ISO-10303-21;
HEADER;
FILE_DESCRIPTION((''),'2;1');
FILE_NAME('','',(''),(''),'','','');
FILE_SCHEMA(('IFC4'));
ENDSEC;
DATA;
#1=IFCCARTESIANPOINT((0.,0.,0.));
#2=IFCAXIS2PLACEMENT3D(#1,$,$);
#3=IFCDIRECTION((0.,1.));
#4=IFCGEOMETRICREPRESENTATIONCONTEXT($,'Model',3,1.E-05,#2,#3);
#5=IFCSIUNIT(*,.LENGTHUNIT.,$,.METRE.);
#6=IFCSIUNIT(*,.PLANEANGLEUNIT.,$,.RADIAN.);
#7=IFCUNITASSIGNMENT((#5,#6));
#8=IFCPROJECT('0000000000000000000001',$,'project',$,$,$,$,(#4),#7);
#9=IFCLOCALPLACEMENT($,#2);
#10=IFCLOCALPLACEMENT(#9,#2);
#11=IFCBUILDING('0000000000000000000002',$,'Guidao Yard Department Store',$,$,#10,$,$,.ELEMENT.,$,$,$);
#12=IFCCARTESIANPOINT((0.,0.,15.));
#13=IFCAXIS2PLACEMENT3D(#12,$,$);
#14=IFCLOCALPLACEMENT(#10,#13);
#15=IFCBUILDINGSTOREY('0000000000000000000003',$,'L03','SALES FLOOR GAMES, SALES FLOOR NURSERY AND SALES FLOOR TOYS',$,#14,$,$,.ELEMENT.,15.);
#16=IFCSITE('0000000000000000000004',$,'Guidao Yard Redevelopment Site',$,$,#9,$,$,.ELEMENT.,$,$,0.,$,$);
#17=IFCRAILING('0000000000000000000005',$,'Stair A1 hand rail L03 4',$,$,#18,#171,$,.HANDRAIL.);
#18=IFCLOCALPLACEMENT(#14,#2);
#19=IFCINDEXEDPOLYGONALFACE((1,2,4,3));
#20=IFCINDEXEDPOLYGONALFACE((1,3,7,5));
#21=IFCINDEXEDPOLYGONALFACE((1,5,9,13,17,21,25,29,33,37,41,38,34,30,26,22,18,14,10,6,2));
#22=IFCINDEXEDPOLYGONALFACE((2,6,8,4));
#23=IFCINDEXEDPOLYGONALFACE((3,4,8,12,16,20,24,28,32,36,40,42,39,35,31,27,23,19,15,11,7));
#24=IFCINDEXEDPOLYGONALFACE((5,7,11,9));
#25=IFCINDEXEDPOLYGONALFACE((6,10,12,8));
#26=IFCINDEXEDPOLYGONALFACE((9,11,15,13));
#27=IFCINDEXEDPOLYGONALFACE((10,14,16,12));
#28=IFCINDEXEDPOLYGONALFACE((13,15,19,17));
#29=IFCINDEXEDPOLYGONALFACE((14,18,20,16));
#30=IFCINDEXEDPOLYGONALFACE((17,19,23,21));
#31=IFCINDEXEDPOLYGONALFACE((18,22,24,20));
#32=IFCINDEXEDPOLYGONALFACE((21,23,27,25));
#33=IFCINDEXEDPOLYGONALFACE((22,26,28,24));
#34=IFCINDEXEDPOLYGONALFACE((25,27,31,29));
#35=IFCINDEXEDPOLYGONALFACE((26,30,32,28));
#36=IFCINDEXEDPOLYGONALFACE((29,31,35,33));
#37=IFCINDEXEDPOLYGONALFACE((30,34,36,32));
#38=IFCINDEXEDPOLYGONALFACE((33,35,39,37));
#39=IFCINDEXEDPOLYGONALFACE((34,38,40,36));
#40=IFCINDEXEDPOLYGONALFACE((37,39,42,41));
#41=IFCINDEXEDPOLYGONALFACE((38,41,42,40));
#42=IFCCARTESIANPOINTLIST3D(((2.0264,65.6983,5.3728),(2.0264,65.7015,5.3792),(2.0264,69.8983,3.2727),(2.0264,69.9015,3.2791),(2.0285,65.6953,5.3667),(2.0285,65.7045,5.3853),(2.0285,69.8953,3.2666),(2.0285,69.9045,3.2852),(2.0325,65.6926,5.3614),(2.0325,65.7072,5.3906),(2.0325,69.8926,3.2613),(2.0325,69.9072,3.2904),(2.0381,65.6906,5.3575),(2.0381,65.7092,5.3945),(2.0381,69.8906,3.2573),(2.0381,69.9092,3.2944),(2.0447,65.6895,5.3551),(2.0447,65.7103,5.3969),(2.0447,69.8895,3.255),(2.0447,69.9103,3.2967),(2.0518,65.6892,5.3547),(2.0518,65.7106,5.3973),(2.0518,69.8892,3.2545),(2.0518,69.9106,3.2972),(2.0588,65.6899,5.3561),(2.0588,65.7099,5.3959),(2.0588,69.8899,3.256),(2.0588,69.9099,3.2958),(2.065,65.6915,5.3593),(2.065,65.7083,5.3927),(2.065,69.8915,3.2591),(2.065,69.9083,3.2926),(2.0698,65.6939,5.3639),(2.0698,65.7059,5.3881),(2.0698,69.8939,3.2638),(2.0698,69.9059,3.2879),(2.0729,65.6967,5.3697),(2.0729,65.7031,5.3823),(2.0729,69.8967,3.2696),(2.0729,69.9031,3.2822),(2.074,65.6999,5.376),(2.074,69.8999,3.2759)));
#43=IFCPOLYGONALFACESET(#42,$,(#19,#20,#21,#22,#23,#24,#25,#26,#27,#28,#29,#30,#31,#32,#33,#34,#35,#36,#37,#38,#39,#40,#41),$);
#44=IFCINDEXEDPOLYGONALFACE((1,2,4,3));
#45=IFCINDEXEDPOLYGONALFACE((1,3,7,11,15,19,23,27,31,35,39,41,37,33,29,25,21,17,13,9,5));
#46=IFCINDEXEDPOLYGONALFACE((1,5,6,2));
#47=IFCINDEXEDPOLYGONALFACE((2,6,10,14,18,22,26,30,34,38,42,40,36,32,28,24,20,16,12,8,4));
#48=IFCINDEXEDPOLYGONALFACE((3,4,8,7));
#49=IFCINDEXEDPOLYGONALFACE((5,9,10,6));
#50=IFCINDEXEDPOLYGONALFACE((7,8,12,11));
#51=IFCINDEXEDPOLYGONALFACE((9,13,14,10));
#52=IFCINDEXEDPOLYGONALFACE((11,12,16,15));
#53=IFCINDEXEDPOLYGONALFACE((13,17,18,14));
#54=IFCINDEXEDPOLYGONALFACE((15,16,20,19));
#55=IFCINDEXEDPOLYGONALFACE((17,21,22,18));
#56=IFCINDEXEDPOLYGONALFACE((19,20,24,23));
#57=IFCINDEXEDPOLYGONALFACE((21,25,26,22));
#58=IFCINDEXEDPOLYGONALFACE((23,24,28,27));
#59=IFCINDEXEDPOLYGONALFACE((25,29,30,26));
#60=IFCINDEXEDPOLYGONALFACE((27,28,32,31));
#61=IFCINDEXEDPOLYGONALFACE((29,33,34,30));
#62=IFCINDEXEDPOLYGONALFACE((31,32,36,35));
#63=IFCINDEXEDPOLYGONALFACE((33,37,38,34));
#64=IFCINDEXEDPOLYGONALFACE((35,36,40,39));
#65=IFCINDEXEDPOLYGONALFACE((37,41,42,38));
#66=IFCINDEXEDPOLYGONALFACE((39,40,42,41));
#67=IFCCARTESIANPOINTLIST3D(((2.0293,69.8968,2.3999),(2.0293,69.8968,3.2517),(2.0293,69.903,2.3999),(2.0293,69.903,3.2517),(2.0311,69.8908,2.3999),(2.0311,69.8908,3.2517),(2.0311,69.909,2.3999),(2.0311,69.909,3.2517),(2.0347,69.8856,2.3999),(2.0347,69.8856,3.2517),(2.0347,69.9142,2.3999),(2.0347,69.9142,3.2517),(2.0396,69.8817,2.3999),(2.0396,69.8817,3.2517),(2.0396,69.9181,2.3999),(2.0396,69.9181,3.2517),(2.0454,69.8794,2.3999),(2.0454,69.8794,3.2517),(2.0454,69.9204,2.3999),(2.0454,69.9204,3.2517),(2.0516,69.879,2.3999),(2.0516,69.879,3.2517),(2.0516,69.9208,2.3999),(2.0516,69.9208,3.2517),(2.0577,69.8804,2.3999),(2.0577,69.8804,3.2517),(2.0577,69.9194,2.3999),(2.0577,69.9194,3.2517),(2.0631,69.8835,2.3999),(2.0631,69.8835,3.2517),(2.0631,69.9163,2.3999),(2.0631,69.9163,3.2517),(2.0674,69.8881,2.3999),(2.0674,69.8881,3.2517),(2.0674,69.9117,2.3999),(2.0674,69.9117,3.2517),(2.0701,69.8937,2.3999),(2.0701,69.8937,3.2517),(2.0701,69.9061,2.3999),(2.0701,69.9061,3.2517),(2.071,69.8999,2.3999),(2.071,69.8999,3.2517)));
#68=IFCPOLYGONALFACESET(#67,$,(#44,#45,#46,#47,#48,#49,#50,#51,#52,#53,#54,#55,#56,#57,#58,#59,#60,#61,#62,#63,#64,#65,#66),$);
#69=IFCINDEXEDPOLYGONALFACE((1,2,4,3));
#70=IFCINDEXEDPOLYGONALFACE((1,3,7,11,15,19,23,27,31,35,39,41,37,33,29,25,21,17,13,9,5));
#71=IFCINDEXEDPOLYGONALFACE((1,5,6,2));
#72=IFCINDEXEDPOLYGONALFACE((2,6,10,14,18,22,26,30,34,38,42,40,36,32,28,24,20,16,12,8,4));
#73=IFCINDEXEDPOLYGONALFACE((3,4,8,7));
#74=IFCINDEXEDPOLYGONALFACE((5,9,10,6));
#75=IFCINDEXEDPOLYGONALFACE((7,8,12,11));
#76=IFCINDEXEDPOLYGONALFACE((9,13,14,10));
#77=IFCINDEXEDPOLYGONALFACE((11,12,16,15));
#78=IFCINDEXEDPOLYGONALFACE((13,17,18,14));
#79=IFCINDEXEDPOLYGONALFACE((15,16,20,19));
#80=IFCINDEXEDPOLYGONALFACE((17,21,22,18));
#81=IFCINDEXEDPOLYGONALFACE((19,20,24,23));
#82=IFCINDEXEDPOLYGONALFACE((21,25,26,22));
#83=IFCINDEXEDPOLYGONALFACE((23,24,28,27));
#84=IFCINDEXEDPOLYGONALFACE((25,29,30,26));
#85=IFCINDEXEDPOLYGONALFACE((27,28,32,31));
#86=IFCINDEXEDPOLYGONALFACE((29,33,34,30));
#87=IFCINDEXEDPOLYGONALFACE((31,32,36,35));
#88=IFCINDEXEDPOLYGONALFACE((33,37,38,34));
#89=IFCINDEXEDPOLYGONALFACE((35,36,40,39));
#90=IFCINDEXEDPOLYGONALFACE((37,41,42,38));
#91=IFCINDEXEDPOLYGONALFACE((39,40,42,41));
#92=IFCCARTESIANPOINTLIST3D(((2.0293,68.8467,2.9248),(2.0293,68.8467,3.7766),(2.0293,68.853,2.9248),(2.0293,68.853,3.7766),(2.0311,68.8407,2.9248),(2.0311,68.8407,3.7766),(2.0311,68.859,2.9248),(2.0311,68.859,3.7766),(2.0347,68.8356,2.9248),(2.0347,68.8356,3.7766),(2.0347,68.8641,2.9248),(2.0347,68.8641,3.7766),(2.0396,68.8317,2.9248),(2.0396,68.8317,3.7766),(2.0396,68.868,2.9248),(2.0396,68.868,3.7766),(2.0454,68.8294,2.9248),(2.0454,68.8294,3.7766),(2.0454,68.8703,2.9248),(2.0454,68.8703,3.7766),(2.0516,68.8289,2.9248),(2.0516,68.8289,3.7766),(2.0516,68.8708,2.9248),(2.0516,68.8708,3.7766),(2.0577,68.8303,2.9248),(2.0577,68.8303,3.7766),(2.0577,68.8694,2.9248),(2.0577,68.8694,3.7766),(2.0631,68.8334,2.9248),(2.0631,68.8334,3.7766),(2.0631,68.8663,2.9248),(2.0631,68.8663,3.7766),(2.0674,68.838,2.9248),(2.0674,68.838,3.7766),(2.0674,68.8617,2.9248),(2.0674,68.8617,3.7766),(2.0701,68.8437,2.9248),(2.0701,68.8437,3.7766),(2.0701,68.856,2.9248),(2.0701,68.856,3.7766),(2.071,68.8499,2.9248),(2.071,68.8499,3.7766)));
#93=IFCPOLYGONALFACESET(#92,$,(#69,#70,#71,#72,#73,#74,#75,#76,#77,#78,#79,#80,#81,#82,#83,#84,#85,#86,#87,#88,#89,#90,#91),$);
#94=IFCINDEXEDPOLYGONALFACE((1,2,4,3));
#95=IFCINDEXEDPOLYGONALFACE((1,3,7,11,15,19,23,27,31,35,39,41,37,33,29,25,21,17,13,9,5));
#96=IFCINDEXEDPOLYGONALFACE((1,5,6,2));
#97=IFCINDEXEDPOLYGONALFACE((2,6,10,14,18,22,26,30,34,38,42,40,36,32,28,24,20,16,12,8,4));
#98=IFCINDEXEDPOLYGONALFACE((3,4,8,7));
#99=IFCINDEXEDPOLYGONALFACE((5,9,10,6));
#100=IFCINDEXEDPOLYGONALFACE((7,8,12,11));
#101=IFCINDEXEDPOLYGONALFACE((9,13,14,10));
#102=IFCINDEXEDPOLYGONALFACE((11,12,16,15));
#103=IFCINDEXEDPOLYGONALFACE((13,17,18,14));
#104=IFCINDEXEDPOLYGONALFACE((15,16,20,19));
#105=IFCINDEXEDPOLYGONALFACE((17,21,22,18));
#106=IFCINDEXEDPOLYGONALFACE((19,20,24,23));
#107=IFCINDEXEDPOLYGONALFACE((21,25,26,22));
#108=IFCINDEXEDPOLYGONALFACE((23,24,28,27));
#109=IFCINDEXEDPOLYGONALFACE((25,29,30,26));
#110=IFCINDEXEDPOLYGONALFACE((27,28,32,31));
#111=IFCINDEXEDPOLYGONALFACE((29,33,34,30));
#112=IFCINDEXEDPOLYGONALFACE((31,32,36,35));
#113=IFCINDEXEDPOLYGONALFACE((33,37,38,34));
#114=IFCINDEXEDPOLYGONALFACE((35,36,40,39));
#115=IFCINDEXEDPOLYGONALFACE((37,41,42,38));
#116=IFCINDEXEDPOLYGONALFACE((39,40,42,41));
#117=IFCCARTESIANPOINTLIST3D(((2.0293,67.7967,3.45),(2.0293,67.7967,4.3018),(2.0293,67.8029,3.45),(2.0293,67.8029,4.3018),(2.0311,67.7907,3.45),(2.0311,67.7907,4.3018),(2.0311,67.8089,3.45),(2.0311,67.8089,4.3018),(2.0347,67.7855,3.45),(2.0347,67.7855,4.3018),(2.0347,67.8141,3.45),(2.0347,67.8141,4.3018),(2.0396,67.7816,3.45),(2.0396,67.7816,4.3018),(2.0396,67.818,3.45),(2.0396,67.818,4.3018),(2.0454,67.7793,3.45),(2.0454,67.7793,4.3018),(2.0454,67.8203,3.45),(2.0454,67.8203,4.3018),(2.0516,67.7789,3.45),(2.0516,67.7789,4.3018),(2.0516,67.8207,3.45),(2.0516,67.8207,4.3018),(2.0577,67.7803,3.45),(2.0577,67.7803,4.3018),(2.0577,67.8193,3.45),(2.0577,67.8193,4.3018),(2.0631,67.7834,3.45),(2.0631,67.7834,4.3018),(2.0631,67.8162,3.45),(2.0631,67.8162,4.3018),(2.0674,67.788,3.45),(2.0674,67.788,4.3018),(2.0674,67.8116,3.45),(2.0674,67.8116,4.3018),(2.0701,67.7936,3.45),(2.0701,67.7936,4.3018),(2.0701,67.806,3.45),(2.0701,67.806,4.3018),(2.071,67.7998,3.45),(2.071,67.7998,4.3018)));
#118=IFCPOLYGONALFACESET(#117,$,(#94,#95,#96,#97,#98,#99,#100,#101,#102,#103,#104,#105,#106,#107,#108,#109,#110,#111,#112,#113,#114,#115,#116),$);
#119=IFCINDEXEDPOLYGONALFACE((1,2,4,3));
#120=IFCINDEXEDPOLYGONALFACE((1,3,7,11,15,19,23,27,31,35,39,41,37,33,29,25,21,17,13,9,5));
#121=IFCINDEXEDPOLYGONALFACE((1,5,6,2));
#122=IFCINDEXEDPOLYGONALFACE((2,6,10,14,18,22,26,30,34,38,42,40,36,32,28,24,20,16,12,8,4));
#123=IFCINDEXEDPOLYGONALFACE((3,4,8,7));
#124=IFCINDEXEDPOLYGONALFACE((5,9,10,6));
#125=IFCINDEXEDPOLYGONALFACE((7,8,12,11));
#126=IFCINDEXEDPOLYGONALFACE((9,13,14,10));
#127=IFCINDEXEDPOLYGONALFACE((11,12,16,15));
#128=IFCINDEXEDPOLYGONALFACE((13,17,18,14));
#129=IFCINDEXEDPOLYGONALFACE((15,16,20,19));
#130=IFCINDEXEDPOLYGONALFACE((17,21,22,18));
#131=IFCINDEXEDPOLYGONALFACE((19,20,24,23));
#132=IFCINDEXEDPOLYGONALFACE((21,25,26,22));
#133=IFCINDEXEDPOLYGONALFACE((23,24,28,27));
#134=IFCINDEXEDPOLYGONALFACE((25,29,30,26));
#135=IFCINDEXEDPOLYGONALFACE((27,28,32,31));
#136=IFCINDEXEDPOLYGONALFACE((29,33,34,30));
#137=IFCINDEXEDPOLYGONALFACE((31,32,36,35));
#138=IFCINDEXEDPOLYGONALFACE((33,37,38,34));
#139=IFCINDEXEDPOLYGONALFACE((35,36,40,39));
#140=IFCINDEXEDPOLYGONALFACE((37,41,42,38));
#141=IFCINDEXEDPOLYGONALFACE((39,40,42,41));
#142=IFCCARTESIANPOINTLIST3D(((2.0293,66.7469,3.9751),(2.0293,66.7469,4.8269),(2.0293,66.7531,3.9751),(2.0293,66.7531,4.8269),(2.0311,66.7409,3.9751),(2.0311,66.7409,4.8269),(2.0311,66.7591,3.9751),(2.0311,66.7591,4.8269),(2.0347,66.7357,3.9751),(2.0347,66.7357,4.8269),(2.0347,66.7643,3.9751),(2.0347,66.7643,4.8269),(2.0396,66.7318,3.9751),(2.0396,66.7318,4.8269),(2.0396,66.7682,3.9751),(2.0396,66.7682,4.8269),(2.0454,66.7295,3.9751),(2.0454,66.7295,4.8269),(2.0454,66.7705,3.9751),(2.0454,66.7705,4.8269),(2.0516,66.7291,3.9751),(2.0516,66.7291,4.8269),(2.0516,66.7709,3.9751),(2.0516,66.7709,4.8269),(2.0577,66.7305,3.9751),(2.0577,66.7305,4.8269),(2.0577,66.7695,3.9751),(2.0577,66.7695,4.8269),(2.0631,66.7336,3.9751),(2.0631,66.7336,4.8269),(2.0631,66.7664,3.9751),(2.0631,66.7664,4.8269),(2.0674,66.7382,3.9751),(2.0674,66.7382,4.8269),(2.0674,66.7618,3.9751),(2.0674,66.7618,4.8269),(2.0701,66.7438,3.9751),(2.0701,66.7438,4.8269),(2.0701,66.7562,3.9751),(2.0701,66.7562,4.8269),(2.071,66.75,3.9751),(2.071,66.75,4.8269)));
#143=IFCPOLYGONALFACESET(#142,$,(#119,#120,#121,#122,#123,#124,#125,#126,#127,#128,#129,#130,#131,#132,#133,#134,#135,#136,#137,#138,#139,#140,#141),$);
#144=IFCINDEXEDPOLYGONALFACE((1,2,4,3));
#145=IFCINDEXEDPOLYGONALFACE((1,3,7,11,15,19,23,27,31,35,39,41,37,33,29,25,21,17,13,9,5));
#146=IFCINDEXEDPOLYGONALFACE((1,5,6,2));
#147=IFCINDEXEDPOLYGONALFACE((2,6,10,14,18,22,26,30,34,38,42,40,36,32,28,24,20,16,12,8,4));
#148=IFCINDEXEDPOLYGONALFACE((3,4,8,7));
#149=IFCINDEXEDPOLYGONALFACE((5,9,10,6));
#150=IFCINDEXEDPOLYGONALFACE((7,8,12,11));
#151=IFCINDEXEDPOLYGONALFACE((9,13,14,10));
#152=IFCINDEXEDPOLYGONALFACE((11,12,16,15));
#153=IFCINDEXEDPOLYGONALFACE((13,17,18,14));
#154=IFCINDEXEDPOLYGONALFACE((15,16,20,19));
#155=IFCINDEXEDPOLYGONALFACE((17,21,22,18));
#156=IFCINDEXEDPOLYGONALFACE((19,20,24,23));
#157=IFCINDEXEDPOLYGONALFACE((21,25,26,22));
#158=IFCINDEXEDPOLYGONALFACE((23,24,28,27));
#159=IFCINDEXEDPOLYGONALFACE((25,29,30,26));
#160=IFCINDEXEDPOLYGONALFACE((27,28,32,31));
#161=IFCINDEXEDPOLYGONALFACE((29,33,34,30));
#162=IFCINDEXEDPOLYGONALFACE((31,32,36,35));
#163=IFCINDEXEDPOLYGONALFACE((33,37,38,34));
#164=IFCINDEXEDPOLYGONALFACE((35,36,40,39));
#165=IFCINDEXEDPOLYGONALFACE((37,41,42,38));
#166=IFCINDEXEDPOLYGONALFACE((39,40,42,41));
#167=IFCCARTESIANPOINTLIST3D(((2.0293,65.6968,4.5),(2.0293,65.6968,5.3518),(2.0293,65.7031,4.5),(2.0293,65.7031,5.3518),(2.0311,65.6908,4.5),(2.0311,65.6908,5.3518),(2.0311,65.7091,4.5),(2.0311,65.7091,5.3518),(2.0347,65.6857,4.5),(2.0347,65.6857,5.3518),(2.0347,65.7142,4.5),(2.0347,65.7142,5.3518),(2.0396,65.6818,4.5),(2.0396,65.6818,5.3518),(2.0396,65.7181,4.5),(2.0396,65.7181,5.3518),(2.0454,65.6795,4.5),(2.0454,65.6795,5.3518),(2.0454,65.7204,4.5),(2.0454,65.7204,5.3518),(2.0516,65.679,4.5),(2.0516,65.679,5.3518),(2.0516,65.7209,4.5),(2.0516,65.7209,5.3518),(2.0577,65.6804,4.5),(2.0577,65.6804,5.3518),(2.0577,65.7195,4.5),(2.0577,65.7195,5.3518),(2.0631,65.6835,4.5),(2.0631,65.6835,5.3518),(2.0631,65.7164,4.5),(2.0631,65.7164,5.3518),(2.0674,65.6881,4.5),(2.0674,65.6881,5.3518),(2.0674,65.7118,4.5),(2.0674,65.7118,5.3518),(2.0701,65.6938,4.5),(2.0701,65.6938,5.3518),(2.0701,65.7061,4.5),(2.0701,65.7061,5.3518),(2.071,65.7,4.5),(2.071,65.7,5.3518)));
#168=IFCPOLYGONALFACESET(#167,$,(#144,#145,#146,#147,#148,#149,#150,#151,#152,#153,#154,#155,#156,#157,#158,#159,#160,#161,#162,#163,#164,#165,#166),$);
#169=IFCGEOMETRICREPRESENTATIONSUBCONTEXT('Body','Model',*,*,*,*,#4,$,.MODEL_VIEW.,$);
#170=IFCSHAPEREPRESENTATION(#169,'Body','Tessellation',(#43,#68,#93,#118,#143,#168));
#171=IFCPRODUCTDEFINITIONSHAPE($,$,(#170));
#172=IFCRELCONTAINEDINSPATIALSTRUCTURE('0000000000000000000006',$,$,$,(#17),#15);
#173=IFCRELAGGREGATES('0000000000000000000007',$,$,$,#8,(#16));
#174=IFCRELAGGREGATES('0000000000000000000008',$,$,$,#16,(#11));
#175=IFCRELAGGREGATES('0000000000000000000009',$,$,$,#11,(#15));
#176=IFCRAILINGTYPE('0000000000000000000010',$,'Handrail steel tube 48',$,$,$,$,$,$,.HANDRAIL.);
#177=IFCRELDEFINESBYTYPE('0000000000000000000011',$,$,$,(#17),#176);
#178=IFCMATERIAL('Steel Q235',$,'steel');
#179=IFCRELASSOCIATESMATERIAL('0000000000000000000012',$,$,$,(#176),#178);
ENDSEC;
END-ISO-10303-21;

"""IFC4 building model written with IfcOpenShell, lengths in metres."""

from ifc_helpers import new_model, si_unit, direction, frame, origin, origin_2d, place, context, subcontext, project, spatial, circle, extrude, material, type_object, element, save


model = new_model("IFC4")

# Units and contexts
model_context = context("Model", 3, precision=1e-05, world=origin(), true_north=direction((0.0, 1.0)))
body_context = subcontext(model_context, "Body", "Model", "MODEL_VIEW")
ifc_project = project(units=[si_unit("LENGTHUNIT", "METRE"), si_unit("PLANEANGLEUNIT", "RADIAN")], contexts=[model_context])

# Site, building, storey
site_placement = place(None, origin())
site = spatial("IfcSite", under=ifc_project, at=site_placement, Name="Guidao Yard Redevelopment Site", CompositionType="ELEMENT", RefElevation=0.0)
building_placement = place(site_placement, origin())
building = spatial("IfcBuilding", under=site, at=building_placement, Name="Guidao Yard Department Store", CompositionType="ELEMENT")
storey_placement = place(building_placement, frame((0.0, 0.0, 15.0)))
storey = spatial("IfcBuildingStorey", under=building, at=storey_placement, Name="L03", Description="SALES FLOOR GAMES, SALES FLOOR NURSERY AND SALES FLOOR TOYS", CompositionType="ELEMENT", Elevation=15.0)

# Railing
ifc_material_1 = material(Name="Steel Q235", Category="steel")
railing_type_1 = type_object("IfcRailingType", Name="Handrail steel tube 48", PredefinedType="HANDRAIL", material=ifc_material_1)
for number, where, name in (
    (1, (2.05, 69.8999, 2.3999), "Stair A1 hand rail L03 4"),
):
    element("IfcRailing", number, at=place(storey_placement, frame(where)), inside=storey, type_object=railing_type_1, Name=name, PredefinedType="HANDRAIL", context=body_context, shape_type="SweptSolid", body=[
        extrude(circle(Radius=0.0239, at=origin_2d()), frame((0.0, 0.0, 0.876), z_axis=(0.0, -0.894417, 0.447234), x_axis=(1.0, 0.0, 0.0)), (0.0, 0.0, 1.0), 4.6958),
        extrude(circle(Radius=0.021, at=origin_2d()), origin(), (0.0, 0.0, 1.0), 0.8518),
        extrude(circle(Radius=0.021, at=origin_2d()), frame((0.0, -1.05, 0.5249)), (0.0, 0.0, 1.0), 0.8518),
        extrude(circle(Radius=0.021, at=origin_2d()), frame((0.0, -2.1001, 1.05)), (0.0, 0.0, 1.0), 0.8518),
        extrude(circle(Radius=0.021, at=origin_2d()), frame((0.0, -3.1499, 1.5752)), (0.0, 0.0, 1.0), 0.8518),
        extrude(circle(Radius=0.021, at=origin_2d()), frame((0.0, -4.2, 2.1001)), (0.0, 0.0, 1.0), 0.8518),
    ])

save(model, "model.ifc")
